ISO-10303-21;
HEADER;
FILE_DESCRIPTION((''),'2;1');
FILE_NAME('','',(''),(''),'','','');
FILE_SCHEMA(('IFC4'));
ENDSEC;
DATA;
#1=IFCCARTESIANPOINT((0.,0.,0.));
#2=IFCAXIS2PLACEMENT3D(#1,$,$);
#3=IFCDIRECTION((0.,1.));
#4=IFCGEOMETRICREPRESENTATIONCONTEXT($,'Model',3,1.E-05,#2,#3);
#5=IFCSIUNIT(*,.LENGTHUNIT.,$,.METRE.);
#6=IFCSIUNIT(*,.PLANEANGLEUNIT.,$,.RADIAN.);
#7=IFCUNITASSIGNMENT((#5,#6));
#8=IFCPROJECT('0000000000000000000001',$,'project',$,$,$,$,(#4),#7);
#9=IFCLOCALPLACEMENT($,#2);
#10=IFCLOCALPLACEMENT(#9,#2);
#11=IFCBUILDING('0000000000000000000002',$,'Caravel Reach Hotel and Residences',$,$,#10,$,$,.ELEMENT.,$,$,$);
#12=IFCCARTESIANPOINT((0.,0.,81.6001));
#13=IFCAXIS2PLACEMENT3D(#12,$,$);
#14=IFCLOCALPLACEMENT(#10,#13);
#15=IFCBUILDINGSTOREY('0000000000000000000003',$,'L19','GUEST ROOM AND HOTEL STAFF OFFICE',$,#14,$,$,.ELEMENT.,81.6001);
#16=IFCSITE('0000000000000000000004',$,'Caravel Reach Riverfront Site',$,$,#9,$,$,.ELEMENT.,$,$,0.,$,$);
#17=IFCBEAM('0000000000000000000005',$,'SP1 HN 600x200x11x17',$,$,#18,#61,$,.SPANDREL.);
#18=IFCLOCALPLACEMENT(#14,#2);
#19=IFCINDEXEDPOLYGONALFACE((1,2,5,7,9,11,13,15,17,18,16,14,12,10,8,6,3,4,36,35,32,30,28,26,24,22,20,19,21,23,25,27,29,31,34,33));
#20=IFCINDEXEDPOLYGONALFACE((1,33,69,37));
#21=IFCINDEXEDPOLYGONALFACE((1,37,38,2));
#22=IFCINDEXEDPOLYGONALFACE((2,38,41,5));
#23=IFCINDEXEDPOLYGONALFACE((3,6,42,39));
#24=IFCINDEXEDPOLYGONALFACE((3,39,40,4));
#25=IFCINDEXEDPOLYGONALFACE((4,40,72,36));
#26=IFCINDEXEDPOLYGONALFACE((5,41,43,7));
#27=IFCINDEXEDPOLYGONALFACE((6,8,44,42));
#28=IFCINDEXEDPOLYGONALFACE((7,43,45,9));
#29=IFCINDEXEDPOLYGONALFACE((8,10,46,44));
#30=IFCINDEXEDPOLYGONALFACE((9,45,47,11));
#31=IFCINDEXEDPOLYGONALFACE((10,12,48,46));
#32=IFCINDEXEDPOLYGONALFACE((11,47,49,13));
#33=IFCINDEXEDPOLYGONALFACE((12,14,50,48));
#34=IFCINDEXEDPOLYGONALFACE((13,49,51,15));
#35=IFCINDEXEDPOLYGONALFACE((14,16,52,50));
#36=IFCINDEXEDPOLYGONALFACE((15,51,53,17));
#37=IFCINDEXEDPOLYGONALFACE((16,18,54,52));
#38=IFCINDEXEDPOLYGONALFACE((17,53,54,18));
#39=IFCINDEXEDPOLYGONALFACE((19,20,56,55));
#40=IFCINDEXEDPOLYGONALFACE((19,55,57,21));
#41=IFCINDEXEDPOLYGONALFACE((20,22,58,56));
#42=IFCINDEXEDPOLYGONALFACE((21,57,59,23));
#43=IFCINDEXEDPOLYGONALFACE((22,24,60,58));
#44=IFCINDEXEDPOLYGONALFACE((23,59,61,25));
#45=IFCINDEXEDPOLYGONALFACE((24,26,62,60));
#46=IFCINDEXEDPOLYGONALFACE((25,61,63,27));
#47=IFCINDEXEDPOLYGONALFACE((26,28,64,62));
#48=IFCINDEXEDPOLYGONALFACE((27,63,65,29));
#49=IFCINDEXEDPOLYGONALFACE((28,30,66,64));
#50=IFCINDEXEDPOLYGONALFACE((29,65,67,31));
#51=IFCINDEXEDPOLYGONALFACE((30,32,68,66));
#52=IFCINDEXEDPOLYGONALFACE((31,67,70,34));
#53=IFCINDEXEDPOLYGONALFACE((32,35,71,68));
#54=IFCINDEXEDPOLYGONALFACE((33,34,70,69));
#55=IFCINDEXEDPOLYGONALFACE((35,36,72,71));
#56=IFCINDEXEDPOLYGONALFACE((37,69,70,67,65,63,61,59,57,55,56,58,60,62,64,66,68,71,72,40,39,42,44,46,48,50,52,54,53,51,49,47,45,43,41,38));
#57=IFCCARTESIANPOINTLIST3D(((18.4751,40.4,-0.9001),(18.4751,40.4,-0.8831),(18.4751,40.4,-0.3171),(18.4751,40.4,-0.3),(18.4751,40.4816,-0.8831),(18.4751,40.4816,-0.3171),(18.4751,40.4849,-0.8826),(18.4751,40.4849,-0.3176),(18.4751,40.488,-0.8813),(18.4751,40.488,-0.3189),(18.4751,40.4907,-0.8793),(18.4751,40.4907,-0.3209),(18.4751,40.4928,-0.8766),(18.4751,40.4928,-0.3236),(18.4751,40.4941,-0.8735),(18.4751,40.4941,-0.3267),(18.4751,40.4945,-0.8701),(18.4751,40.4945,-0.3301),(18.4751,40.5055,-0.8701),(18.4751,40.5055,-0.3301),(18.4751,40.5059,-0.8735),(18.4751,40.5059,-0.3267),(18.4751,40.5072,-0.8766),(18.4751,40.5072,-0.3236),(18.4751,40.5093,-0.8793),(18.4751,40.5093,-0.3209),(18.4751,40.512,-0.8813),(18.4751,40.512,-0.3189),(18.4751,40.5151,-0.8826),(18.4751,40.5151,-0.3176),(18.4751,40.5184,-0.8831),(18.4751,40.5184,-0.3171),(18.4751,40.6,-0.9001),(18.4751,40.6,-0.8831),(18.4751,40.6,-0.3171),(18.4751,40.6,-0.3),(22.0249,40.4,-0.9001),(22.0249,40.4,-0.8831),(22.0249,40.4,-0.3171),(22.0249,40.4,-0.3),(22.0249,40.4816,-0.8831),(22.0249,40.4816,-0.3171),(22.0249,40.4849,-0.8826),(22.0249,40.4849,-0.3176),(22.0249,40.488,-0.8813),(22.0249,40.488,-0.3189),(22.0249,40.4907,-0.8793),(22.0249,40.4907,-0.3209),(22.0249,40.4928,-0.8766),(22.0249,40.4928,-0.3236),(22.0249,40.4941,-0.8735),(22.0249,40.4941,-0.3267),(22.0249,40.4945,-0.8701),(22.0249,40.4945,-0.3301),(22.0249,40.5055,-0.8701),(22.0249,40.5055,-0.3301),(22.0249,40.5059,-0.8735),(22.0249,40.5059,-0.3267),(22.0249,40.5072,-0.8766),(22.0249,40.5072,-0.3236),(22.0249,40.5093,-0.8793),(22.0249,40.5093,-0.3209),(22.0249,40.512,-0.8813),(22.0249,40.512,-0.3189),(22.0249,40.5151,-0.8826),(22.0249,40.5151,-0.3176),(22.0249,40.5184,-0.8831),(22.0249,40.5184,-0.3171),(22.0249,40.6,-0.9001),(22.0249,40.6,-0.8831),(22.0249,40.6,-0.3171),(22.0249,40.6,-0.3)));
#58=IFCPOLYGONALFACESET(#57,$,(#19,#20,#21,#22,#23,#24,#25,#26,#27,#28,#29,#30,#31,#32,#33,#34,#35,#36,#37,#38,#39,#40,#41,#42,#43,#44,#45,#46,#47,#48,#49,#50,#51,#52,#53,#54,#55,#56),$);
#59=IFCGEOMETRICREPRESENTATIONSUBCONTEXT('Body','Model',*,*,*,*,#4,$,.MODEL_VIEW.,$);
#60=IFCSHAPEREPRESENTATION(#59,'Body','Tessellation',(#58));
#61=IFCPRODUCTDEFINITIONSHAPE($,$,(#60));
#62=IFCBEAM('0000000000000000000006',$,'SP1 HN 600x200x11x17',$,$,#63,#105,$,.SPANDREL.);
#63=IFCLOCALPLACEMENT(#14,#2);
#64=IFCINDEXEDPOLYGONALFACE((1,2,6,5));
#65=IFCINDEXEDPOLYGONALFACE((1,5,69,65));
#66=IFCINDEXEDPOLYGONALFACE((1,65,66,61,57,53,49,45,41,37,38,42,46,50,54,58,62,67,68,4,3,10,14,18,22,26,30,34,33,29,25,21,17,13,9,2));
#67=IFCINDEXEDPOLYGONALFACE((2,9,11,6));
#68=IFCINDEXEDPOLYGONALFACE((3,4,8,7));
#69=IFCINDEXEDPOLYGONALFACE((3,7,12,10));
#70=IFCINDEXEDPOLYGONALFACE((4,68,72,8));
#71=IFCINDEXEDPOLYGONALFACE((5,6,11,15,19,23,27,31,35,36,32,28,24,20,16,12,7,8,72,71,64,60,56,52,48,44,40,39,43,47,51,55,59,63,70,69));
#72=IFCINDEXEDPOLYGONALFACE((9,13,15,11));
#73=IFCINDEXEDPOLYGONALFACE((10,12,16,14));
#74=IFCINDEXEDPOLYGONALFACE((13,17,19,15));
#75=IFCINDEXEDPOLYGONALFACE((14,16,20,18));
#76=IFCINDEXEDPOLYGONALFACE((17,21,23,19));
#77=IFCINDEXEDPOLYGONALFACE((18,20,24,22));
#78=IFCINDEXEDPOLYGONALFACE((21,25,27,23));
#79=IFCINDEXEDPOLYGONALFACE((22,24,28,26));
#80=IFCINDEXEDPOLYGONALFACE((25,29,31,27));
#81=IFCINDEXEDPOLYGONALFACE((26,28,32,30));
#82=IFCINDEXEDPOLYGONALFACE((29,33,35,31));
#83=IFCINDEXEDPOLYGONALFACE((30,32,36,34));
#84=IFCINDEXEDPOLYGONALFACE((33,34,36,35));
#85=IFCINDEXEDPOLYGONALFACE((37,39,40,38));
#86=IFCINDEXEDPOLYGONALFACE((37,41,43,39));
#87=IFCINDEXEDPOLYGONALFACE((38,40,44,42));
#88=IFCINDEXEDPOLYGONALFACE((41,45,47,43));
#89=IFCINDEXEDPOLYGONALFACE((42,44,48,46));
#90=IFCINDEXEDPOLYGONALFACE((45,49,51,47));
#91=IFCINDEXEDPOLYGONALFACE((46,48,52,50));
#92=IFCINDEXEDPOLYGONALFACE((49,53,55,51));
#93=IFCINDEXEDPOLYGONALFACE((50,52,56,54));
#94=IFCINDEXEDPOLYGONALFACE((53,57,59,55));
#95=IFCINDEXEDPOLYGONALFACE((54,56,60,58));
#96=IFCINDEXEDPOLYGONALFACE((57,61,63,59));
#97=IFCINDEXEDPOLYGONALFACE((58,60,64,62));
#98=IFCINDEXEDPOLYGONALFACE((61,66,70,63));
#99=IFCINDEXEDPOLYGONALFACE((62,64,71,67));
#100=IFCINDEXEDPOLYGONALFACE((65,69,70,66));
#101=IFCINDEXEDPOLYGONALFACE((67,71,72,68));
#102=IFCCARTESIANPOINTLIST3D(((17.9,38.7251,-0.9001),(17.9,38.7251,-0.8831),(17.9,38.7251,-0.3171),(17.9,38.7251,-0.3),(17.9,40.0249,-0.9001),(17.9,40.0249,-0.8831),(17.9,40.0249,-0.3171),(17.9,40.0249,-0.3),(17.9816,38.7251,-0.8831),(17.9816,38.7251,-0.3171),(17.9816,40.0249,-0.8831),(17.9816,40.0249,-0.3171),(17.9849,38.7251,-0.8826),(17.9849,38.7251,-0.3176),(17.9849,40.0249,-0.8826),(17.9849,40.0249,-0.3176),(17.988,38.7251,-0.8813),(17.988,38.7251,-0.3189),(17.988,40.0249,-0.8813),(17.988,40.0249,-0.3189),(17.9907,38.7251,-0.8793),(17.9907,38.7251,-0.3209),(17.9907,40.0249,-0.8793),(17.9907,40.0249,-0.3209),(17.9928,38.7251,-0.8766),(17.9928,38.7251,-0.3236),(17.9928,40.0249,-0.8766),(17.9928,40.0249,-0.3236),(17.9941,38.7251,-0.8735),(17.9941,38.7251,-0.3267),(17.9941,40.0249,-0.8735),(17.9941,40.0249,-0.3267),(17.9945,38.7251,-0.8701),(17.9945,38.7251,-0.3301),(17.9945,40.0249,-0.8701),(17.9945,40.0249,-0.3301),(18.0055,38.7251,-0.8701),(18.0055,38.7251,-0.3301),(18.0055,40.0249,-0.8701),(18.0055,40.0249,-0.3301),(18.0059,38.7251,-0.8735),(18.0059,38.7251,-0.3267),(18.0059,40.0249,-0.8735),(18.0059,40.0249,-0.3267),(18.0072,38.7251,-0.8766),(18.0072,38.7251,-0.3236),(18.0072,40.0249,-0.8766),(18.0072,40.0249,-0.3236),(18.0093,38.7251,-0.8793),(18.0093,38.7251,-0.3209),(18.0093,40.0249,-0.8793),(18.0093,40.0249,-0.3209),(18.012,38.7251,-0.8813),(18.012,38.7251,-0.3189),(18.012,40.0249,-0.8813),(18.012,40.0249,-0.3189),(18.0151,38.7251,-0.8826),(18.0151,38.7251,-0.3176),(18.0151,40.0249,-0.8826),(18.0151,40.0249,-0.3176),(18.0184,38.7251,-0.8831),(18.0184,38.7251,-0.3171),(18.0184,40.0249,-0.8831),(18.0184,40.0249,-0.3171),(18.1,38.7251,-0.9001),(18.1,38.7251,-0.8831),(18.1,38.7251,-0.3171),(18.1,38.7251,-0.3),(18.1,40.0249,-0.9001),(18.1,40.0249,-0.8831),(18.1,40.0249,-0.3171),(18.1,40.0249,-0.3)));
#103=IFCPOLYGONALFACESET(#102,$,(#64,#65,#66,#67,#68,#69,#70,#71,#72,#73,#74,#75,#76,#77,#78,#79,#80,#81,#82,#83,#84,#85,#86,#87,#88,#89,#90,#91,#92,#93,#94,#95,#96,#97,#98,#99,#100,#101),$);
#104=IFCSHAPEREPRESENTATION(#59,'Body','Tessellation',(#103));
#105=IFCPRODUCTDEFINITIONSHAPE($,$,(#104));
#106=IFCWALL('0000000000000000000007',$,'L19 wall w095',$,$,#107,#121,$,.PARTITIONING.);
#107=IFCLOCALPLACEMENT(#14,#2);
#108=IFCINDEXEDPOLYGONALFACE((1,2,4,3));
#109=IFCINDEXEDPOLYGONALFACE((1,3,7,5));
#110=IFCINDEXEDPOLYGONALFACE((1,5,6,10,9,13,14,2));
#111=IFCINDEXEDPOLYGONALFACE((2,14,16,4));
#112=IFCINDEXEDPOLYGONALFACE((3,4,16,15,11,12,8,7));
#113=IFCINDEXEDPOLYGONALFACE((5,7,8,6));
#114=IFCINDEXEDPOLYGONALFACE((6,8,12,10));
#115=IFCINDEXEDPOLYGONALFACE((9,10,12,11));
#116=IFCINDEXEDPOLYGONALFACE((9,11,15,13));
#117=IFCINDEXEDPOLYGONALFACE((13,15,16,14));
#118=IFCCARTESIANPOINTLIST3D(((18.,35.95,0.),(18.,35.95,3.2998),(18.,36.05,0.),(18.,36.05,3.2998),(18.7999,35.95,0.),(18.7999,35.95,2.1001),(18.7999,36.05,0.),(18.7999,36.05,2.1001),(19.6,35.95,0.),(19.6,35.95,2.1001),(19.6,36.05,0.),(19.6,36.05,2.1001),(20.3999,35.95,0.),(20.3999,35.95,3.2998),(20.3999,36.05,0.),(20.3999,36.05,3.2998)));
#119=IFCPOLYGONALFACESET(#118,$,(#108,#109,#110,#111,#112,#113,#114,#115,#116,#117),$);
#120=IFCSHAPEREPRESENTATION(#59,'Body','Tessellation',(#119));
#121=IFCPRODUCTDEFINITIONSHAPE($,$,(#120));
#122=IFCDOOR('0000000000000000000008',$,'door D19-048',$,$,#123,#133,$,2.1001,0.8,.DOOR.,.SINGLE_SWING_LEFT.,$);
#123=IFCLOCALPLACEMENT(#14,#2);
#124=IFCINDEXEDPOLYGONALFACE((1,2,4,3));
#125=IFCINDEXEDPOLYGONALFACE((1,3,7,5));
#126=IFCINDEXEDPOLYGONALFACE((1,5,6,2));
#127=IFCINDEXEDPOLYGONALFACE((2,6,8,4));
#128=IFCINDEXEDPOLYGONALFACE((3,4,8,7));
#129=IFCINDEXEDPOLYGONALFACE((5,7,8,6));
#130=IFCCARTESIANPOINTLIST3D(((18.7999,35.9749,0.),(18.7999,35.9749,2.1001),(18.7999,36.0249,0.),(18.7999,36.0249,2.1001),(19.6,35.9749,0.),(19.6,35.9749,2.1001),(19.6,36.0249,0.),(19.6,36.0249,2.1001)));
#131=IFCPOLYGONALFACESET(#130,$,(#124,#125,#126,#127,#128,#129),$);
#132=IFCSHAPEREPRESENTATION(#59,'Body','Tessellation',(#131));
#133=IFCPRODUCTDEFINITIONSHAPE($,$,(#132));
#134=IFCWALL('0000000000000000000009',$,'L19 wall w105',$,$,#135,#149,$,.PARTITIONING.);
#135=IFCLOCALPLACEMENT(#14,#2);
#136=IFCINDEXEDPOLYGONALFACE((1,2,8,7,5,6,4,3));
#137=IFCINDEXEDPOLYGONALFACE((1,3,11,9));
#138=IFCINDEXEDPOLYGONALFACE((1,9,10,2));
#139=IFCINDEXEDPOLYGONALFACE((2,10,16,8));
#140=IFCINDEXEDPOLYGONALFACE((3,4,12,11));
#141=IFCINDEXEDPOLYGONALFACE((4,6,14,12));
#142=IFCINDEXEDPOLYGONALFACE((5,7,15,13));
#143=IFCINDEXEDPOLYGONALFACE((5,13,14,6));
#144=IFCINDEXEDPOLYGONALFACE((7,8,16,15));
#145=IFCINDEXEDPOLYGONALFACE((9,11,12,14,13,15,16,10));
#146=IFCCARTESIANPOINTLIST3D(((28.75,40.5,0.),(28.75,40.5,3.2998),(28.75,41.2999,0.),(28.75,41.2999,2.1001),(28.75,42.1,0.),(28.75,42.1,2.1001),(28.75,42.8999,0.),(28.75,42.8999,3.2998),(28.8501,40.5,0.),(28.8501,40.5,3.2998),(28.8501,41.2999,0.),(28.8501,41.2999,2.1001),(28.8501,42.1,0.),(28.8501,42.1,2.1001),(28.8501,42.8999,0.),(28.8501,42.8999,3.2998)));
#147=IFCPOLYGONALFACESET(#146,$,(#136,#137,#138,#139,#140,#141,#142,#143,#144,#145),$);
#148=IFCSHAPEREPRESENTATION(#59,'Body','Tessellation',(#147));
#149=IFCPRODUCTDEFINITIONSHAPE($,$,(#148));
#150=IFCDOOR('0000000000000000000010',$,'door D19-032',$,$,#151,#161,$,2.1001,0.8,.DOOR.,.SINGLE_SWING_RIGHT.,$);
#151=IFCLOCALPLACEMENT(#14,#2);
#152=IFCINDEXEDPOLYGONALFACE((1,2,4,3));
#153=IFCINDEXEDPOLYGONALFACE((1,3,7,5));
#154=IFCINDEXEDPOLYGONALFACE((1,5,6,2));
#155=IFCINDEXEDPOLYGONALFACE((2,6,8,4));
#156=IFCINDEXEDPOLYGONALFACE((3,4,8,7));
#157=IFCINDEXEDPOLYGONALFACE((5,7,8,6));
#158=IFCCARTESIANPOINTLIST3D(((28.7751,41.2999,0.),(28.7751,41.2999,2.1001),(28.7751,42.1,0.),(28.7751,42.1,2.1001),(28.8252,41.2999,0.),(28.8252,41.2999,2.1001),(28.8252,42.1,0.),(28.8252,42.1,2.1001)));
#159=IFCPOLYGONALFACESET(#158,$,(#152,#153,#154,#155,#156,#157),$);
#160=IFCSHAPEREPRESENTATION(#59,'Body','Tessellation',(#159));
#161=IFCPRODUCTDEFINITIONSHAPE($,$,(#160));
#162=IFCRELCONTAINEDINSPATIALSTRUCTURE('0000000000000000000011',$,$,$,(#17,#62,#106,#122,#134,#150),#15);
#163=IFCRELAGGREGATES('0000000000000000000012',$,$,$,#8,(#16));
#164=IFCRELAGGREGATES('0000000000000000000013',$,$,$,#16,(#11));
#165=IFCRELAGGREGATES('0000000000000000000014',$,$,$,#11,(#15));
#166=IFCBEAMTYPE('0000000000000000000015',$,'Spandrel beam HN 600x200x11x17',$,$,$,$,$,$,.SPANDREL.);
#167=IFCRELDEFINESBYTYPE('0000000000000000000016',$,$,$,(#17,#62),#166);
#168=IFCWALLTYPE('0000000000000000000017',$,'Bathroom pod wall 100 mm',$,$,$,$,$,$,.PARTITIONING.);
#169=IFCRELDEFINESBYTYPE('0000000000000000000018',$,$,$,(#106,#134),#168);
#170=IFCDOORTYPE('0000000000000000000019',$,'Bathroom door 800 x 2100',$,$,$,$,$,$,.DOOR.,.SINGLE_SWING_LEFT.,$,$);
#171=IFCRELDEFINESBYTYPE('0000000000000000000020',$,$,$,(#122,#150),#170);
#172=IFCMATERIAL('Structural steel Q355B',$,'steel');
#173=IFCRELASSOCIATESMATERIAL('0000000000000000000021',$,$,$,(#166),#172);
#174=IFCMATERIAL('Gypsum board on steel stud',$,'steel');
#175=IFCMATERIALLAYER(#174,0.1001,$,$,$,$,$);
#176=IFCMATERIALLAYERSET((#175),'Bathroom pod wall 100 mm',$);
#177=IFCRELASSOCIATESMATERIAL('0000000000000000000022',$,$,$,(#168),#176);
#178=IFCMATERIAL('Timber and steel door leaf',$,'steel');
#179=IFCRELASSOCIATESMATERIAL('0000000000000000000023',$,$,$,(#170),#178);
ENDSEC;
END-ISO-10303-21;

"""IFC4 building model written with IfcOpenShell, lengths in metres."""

from ifc_helpers import new_model, si_unit, direction, frame, frame_2d, origin, origin_2d, place, context, subcontext, project, spatial, rectangle, i_section, extrude, material, layer, layer_set, material_profile, profile_set, type_object, element, fill, save


model = new_model("IFC4")

# Units and contexts
model_context = context("Model", 3, precision=1e-05, world=origin(), true_north=direction((0.0, 1.0)))
body_context = subcontext(model_context, "Body", "Model", "MODEL_VIEW")
ifc_project = project(units=[si_unit("LENGTHUNIT", "METRE"), si_unit("PLANEANGLEUNIT", "RADIAN")], contexts=[model_context])

# Site, building, storey
site_placement = place(None, origin())
site = spatial("IfcSite", under=ifc_project, at=site_placement, Name="Caravel Reach Riverfront Site", CompositionType="ELEMENT", RefElevation=0.0)
building_placement = place(site_placement, origin())
building = spatial("IfcBuilding", under=site, at=building_placement, Name="Caravel Reach Hotel and Residences", CompositionType="ELEMENT")
storey_placement = place(building_placement, frame((0.0, 0.0, 81.6001)))
storey = spatial("IfcBuildingStorey", under=building, at=storey_placement, Name="L19", Description="GUEST ROOM AND HOTEL STAFF OFFICE", CompositionType="ELEMENT", Elevation=81.6001)

# Beams
ifc_material_1 = material(Name="Structural steel Q355B", Category="steel")
ifc_material_profile_1 = material_profile(ifc_material_1, i_section(OverallWidth=0.2, OverallDepth=0.6001, WebThickness=0.011, FlangeThickness=0.0171, FilletRadius=0.0129, at=origin_2d()), Name="HN 600x200x11x17")
ifc_profile_set_1 = profile_set([ifc_material_profile_1], Name="Structural steel Q355B")
beam_type_1 = type_object("IfcBeamType", Name="Spandrel beam HN 600x200x11x17", PredefinedType="SPANDREL", material=ifc_profile_set_1)
beam_1_placement = place(storey_placement, frame((22.0249, 40.5, -0.6001), z_axis=(-1.0, 0.0, 0.0), x_axis=(0.0, -1.0, 0.0)))
element("IfcBeam", 1, at=beam_1_placement, inside=storey, type_object=beam_type_1, Name="SP1 HN 600x200x11x17", PredefinedType="SPANDREL", context=body_context, shape_type="SweptSolid", body=[
    extrude(i_section(OverallWidth=0.2, OverallDepth=0.6001, WebThickness=0.011, FlangeThickness=0.0171, FilletRadius=0.0129, at=origin_2d()), origin(), (0.0, 0.0, 1.0), 3.5498),
])
beam_2_placement = place(storey_placement, frame((18.0, 40.0249, -0.6001), z_axis=(0.0, -1.0, 0.0), x_axis=(1.0, 0.0, 0.0)))
element("IfcBeam", 2, at=beam_2_placement, inside=storey, type_object=beam_type_1, Name="SP1 HN 600x200x11x17", PredefinedType="SPANDREL", context=body_context, shape_type="SweptSolid", body=[
    extrude(i_section(OverallWidth=0.2, OverallDepth=0.6001, WebThickness=0.011, FlangeThickness=0.0171, FilletRadius=0.0129, at=origin_2d()), origin(), (0.0, 0.0, 1.0), 1.2998),
])

# Walls, openings, doors
ifc_material_2 = material(Name="Gypsum board on steel stud", Category="steel")
ifc_layer_1 = layer(ifc_material_2, 0.1001)
ifc_layer_set_1 = layer_set([ifc_layer_1], Name="Bathroom pod wall 100 mm")
wall_type_1 = type_object("IfcWallType", Name="Bathroom pod wall 100 mm", PredefinedType="PARTITIONING", material=ifc_layer_set_1)
wall_1_placement = place(storey_placement, frame((18.0, 36.0, 0.0), z_axis=(0.0, 0.0, 1.0), x_axis=(1.0, 0.0, 0.0)))
wall_1 = element("IfcWall", 3, at=wall_1_placement, inside=storey, type_object=wall_type_1, Name="L19 wall w095", PredefinedType="PARTITIONING", context=body_context, shape_type="SweptSolid", body=[
    extrude(rectangle(XDim=2.3999, YDim=0.1001, at=frame_2d((1.2, 0.0))), origin(), (0.0, 0.0, 1.0), 3.2998),
])
opening_1_placement = place(wall_1_placement, frame((0.8, 0.0, 0.0)))
opening_1 = element("IfcOpeningElement", 4, at=opening_1_placement, cuts=wall_1, PredefinedType="OPENING", context=body_context, shape_type="SweptSolid", body=[
    extrude(rectangle(XDim=0.8, YDim=2.1001, at=frame_2d((0.3999, 1.05))), frame((0.0, 0.0601, 0.0), z_axis=(0.0, -1.0, 0.0), x_axis=(1.0, 0.0, 0.0)), (0.0, 0.0, 1.0), 0.1201),
])
ifc_material_3 = material(Name="Timber and steel door leaf", Category="steel")
door_type = type_object("IfcDoorType", Name="Bathroom door 800 x 2100", OperationType="SINGLE_SWING_LEFT", PredefinedType="DOOR", material=ifc_material_3)
door_1_placement = place(opening_1_placement, origin())
door_1 = element("IfcDoor", 5, at=door_1_placement, inside=storey, type_object=door_type, Name="door D19-048", OperationType="SINGLE_SWING_LEFT", OverallHeight=2.1001, OverallWidth=0.8, PredefinedType="DOOR", context=body_context, shape_type="SweptSolid", body=[
    extrude(rectangle(XDim=0.8, YDim=2.1001, at=frame_2d((0.3999, 1.05))), frame((0.0, 0.0249, 0.0), z_axis=(0.0, -1.0, 0.0), x_axis=(1.0, 0.0, 0.0)), (0.0, 0.0, 1.0), 0.05),
])
fill(opening_1, door_1)
wall_2_placement = place(storey_placement, frame((28.8, 40.5, 0.0), z_axis=(0.0, 0.0, 1.0), x_axis=(0.0, 1.0, 0.0)))
wall_2 = element("IfcWall", 6, at=wall_2_placement, inside=storey, type_object=wall_type_1, Name="L19 wall w105", PredefinedType="PARTITIONING", context=body_context, shape_type="SweptSolid", body=[
    extrude(rectangle(XDim=2.3999, YDim=0.1001, at=frame_2d((1.2, 0.0))), origin(), (0.0, 0.0, 1.0), 3.2998),
])
opening_2_placement = place(wall_2_placement, frame((0.8, 0.0, 0.0)))
opening_2 = element("IfcOpeningElement", 7, at=opening_2_placement, cuts=wall_2, PredefinedType="OPENING", context=body_context, shape_type="SweptSolid", body=[
    extrude(rectangle(XDim=0.8, YDim=2.1001, at=frame_2d((0.3999, 1.05))), frame((0.0, 0.0601, 0.0), z_axis=(0.0, -1.0, 0.0), x_axis=(1.0, 0.0, 0.0)), (0.0, 0.0, 1.0), 0.1201),
])
door_2_placement = place(opening_2_placement, origin())
door_2 = element("IfcDoor", 8, at=door_2_placement, inside=storey, type_object=door_type, Name="door D19-032", OperationType="SINGLE_SWING_RIGHT", OverallHeight=2.1001, OverallWidth=0.8, PredefinedType="DOOR", context=body_context, shape_type="SweptSolid", body=[
    extrude(rectangle(XDim=0.8, YDim=2.1001, at=frame_2d((0.3999, 1.05))), frame((0.0, 0.0249, 0.0), z_axis=(0.0, -1.0, 0.0), x_axis=(1.0, 0.0, 0.0)), (0.0, 0.0, 1.0), 0.05),
])
fill(opening_2, door_2)

save(model, "model.ifc")
